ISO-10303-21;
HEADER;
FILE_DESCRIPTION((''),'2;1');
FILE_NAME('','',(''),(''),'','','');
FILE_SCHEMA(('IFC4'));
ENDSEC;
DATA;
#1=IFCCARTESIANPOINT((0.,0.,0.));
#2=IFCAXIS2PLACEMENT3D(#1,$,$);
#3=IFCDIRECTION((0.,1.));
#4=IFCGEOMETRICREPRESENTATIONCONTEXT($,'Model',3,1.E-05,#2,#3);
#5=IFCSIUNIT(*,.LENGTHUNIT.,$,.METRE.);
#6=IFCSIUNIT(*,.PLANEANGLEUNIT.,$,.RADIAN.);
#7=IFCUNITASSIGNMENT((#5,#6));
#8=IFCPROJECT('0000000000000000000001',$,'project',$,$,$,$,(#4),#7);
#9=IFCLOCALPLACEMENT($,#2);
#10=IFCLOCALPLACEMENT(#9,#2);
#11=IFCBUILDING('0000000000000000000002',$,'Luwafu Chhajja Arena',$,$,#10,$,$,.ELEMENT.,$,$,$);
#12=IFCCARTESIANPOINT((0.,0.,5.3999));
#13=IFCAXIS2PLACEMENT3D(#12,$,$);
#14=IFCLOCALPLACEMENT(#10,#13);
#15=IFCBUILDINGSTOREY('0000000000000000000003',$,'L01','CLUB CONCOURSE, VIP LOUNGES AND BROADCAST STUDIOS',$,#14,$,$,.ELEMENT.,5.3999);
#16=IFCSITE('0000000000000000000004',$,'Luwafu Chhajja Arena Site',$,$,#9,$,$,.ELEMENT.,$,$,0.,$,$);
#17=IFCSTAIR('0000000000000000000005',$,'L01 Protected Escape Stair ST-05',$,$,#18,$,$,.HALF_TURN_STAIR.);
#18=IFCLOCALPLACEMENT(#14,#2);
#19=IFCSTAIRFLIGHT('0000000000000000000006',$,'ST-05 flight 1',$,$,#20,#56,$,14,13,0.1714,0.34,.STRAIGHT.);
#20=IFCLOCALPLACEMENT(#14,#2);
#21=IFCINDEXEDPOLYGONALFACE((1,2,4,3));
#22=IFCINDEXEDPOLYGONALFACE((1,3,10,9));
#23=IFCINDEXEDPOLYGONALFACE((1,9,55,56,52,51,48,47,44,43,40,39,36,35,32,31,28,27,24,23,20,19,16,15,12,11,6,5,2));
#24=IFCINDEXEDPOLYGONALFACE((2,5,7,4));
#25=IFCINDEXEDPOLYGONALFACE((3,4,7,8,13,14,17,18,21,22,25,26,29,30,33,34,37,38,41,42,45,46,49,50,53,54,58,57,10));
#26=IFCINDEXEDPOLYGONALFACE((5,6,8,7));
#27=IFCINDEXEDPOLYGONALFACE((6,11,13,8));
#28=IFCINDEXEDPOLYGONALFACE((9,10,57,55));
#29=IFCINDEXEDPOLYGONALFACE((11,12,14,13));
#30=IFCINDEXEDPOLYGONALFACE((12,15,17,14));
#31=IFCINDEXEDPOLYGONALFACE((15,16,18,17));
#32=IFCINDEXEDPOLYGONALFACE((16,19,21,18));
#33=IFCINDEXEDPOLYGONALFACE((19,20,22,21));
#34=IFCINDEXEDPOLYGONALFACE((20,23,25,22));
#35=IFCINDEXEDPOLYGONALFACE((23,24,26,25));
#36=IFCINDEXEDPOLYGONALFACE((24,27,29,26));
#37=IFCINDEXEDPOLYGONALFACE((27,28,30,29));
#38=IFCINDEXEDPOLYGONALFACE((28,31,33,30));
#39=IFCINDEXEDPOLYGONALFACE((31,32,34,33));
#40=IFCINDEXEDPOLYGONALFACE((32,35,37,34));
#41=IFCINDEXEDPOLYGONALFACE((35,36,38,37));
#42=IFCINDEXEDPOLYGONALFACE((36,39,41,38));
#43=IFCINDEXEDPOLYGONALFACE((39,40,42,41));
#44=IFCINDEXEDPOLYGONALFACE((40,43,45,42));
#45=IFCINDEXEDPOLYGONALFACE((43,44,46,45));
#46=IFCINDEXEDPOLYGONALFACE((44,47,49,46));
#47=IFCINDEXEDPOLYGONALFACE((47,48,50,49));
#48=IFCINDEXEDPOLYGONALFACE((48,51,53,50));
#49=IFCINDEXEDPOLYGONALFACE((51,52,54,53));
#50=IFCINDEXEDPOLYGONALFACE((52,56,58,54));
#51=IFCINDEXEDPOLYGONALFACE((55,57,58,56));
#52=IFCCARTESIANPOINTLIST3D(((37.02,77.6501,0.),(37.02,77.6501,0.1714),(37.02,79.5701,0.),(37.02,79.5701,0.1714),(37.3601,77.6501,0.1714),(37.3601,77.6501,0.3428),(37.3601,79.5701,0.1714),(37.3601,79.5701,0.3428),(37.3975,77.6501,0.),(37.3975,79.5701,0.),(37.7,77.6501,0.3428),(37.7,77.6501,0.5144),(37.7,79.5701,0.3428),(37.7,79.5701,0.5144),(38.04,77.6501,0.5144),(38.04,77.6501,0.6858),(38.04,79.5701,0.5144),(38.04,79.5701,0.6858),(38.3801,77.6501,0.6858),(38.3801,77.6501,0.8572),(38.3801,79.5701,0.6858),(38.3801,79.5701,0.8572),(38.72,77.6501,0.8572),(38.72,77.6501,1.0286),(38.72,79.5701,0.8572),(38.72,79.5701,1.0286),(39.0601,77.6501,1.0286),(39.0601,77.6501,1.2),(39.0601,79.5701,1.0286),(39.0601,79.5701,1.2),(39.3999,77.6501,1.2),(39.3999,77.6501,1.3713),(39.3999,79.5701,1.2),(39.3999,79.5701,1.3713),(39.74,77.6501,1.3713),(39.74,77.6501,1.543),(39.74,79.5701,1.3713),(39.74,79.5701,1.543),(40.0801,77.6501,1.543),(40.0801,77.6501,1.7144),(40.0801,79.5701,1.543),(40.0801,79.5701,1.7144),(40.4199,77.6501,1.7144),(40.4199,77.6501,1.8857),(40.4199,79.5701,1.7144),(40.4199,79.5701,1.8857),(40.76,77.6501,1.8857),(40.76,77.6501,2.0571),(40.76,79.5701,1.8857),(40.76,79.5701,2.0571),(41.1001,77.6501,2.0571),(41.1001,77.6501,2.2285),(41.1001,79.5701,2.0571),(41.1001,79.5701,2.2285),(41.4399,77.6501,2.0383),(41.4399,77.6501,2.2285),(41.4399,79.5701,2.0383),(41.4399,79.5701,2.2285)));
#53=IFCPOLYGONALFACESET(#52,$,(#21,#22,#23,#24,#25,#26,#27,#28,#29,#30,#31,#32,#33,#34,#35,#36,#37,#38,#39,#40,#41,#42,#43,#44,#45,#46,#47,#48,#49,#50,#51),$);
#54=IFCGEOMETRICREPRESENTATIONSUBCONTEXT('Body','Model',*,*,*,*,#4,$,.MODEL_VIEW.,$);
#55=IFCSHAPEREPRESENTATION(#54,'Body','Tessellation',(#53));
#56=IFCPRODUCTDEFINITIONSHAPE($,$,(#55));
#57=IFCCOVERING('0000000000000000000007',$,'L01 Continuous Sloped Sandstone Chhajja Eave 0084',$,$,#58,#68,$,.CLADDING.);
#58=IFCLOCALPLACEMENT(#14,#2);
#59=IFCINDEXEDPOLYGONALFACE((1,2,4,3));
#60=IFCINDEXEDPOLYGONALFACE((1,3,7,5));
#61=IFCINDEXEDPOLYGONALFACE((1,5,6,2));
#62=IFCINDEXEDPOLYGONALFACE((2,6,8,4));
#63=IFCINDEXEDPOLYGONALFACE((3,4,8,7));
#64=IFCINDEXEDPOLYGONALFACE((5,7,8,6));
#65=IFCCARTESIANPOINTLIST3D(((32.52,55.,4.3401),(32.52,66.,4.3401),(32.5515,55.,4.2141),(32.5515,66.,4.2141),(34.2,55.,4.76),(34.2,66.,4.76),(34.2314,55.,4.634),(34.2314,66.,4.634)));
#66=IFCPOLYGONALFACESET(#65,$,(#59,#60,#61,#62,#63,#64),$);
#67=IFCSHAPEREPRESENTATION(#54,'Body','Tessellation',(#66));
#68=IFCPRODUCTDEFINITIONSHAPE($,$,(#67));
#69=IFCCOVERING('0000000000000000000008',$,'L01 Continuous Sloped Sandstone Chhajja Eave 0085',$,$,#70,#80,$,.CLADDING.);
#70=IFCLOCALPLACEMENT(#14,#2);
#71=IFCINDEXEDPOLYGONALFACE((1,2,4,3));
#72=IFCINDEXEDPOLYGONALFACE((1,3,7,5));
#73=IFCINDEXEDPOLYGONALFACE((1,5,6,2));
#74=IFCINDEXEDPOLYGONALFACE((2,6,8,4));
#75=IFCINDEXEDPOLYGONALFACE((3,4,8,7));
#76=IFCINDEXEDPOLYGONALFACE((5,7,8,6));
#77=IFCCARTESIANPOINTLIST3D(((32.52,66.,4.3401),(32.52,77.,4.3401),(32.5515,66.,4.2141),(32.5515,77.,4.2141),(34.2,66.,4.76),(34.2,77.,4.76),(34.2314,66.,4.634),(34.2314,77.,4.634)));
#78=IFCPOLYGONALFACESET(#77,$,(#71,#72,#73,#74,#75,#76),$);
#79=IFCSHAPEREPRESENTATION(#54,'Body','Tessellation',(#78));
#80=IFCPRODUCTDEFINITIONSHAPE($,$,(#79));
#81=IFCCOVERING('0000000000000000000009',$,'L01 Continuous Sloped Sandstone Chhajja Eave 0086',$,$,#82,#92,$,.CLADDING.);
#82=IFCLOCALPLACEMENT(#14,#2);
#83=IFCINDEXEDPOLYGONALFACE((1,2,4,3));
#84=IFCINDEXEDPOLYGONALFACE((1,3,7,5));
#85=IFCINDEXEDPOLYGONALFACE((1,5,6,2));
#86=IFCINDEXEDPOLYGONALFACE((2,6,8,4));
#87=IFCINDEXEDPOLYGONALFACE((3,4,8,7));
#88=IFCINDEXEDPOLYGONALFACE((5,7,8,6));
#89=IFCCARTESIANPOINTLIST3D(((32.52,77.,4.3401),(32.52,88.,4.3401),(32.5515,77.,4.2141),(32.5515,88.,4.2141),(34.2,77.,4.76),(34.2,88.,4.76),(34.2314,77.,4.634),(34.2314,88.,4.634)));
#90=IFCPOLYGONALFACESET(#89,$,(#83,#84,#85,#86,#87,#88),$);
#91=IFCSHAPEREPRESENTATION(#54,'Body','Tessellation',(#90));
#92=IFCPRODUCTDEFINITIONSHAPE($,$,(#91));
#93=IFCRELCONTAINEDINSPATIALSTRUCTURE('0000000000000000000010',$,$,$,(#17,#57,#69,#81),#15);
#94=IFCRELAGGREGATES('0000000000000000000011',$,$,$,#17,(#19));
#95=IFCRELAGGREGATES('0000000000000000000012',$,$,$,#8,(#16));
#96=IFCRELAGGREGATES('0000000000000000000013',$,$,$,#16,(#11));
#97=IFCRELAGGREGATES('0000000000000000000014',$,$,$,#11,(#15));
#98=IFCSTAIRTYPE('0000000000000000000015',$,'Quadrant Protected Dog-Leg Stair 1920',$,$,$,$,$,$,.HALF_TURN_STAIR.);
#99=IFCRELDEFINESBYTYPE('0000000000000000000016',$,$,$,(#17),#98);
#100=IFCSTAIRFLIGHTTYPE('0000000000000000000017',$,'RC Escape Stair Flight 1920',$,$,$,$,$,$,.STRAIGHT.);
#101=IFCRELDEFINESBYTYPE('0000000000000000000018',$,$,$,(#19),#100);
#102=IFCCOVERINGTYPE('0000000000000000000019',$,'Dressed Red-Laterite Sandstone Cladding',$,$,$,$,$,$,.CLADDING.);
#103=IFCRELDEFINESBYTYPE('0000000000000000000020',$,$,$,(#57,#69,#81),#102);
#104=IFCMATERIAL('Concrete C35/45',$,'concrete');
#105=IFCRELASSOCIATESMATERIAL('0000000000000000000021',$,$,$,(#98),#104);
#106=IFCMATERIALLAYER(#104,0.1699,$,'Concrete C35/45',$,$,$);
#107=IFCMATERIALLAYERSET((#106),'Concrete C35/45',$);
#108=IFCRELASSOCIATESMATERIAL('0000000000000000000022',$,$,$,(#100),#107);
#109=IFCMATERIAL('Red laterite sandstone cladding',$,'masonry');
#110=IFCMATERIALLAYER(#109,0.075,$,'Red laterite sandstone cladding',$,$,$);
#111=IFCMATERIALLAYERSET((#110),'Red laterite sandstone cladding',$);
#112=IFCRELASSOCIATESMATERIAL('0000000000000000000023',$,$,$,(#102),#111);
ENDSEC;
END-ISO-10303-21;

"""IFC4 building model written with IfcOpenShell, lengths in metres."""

from ifc_helpers import new_model, si_unit, direction, frame, origin, place, context, subcontext, project, spatial, polyline, outline, extrude, material, layer, layer_set, type_object, element, aggregate, save


model = new_model("IFC4")

# Units and contexts
model_context = context("Model", 3, precision=1e-05, world=origin(), true_north=direction((0.0, 1.0)))
body_context = subcontext(model_context, "Body", "Model", "MODEL_VIEW")
ifc_project = project(units=[si_unit("LENGTHUNIT", "METRE"), si_unit("PLANEANGLEUNIT", "RADIAN")], contexts=[model_context])

# Site, building, storey
site_placement = place(None, origin())
site = spatial("IfcSite", under=ifc_project, at=site_placement, Name="Luwafu Chhajja Arena Site", CompositionType="ELEMENT", RefElevation=0.0)
building_placement = place(site_placement, origin())
building = spatial("IfcBuilding", under=site, at=building_placement, Name="Luwafu Chhajja Arena", CompositionType="ELEMENT")
storey_placement = place(building_placement, frame((0.0, 0.0, 5.3999)))
storey = spatial("IfcBuildingStorey", under=building, at=storey_placement, Name="L01", Description="CLUB CONCOURSE, VIP LOUNGES AND BROADCAST STUDIOS", CompositionType="ELEMENT", Elevation=5.3999)

# Shared definitions
ifc_material_1 = material(Name="Concrete C35/45", Category="concrete")

# Stair, stair flight
stair_type = type_object("IfcStairType", Name="Quadrant Protected Dog-Leg Stair 1920", PredefinedType="HALF_TURN_STAIR", material=ifc_material_1)
stair_placement = place(storey_placement, origin())
stair = element("IfcStair", 1, at=stair_placement, inside=storey, type_object=stair_type, Name="L01 Protected Escape Stair ST-05", PredefinedType="HALF_TURN_STAIR")
ifc_layer_1 = layer(ifc_material_1, 0.1699, Name="Concrete C35/45")
ifc_layer_set_1 = layer_set([ifc_layer_1], Name="Concrete C35/45")
stair_flight_type = type_object("IfcStairFlightType", Name="RC Escape Stair Flight 1920", PredefinedType="STRAIGHT", material=ifc_layer_set_1)
stair_flight_placement = place(storey_placement, frame((37.02, 78.6101, 0.0), z_axis=(0.0, 0.0, 1.0), x_axis=(1.0, 0.0, 0.0)))
stair_flight = element("IfcStairFlight", 2, at=stair_flight_placement, type_object=stair_flight_type, Name="ST-05 flight 1", NumberOfRisers=14, NumberOfTreads=13, PredefinedType="STRAIGHT", RiserHeight=0.1714, TreadLength=0.34, context=body_context, shape_type="SweptSolid", body=[
    extrude(outline(polyline([(0.0, 0.0), (0.0, 0.1714), (0.3401, 0.1714), (0.3401, 0.3428), (0.6799, 0.3428), (0.6799, 0.5144), (1.02, 0.5144), (1.02, 0.6858), (1.3601, 0.6858), (1.3601, 0.8572), (1.7, 0.8572), (1.7, 1.0286), (2.04, 1.0286), (2.04, 1.2), (2.3799, 1.2), (2.3799, 1.3713), (2.72, 1.3713), (2.72, 1.543), (3.0601, 1.543), (3.0601, 1.7144), (3.3999, 1.7144), (3.3999, 1.8857), (3.74, 1.8857), (3.74, 2.0571), (4.0801, 2.0571), (4.0801, 2.2285), (4.4199, 2.2285), (4.4199, 2.3999), (4.4199, 2.0383), (0.3774, 0.0), (0.0, 0.0)])), frame((0.0, 0.96, 0.0), z_axis=(0.0, -1.0, 0.0), x_axis=(1.0, 0.0, 0.0)), (0.0, 0.0, 1.0), 1.9199),
])
aggregate(stair, [stair_flight])

# Coverings
ifc_material_2 = material(Name="Red laterite sandstone cladding", Category="masonry")
ifc_layer_2 = layer(ifc_material_2, 0.075, Name="Red laterite sandstone cladding")
ifc_layer_set_2 = layer_set([ifc_layer_2], Name="Red laterite sandstone cladding")
covering_type = type_object("IfcCoveringType", Name="Dressed Red-Laterite Sandstone Cladding", PredefinedType="CLADDING", material=ifc_layer_set_2)
for number, where, z_axis, x_axis, name in (
    (3, (34.2, 55.0, 4.76), (-0.242502, 0.0, 0.970151), (0.0, 1.0, 0.0), "L01 Continuous Sloped Sandstone Chhajja Eave 0084"),
    (4, (34.2, 66.0, 4.76), (-0.242502, 0.0, 0.970151), (0.0, 1.0, 0.0), "L01 Continuous Sloped Sandstone Chhajja Eave 0085"),
    (5, (34.2, 77.0, 4.76), (-0.242502, 0.0, 0.970151), (0.0, 1.0, 0.0), "L01 Continuous Sloped Sandstone Chhajja Eave 0086"),
):
    element("IfcCovering", number, at=place(storey_placement, frame(where, z_axis=z_axis, x_axis=x_axis)), inside=storey, type_object=covering_type, Name=name, PredefinedType="CLADDING", context=body_context, shape_type="SweptSolid", body=[
        extrude(outline(polyline([(0.0, 0.0), (11.0, 0.0), (11.0, 1.7316), (0.0, 1.7316), (0.0, 0.0)])), origin(), (0.0, 0.0, -1.0), 0.1299),
    ])

save(model, "model.ifc")
